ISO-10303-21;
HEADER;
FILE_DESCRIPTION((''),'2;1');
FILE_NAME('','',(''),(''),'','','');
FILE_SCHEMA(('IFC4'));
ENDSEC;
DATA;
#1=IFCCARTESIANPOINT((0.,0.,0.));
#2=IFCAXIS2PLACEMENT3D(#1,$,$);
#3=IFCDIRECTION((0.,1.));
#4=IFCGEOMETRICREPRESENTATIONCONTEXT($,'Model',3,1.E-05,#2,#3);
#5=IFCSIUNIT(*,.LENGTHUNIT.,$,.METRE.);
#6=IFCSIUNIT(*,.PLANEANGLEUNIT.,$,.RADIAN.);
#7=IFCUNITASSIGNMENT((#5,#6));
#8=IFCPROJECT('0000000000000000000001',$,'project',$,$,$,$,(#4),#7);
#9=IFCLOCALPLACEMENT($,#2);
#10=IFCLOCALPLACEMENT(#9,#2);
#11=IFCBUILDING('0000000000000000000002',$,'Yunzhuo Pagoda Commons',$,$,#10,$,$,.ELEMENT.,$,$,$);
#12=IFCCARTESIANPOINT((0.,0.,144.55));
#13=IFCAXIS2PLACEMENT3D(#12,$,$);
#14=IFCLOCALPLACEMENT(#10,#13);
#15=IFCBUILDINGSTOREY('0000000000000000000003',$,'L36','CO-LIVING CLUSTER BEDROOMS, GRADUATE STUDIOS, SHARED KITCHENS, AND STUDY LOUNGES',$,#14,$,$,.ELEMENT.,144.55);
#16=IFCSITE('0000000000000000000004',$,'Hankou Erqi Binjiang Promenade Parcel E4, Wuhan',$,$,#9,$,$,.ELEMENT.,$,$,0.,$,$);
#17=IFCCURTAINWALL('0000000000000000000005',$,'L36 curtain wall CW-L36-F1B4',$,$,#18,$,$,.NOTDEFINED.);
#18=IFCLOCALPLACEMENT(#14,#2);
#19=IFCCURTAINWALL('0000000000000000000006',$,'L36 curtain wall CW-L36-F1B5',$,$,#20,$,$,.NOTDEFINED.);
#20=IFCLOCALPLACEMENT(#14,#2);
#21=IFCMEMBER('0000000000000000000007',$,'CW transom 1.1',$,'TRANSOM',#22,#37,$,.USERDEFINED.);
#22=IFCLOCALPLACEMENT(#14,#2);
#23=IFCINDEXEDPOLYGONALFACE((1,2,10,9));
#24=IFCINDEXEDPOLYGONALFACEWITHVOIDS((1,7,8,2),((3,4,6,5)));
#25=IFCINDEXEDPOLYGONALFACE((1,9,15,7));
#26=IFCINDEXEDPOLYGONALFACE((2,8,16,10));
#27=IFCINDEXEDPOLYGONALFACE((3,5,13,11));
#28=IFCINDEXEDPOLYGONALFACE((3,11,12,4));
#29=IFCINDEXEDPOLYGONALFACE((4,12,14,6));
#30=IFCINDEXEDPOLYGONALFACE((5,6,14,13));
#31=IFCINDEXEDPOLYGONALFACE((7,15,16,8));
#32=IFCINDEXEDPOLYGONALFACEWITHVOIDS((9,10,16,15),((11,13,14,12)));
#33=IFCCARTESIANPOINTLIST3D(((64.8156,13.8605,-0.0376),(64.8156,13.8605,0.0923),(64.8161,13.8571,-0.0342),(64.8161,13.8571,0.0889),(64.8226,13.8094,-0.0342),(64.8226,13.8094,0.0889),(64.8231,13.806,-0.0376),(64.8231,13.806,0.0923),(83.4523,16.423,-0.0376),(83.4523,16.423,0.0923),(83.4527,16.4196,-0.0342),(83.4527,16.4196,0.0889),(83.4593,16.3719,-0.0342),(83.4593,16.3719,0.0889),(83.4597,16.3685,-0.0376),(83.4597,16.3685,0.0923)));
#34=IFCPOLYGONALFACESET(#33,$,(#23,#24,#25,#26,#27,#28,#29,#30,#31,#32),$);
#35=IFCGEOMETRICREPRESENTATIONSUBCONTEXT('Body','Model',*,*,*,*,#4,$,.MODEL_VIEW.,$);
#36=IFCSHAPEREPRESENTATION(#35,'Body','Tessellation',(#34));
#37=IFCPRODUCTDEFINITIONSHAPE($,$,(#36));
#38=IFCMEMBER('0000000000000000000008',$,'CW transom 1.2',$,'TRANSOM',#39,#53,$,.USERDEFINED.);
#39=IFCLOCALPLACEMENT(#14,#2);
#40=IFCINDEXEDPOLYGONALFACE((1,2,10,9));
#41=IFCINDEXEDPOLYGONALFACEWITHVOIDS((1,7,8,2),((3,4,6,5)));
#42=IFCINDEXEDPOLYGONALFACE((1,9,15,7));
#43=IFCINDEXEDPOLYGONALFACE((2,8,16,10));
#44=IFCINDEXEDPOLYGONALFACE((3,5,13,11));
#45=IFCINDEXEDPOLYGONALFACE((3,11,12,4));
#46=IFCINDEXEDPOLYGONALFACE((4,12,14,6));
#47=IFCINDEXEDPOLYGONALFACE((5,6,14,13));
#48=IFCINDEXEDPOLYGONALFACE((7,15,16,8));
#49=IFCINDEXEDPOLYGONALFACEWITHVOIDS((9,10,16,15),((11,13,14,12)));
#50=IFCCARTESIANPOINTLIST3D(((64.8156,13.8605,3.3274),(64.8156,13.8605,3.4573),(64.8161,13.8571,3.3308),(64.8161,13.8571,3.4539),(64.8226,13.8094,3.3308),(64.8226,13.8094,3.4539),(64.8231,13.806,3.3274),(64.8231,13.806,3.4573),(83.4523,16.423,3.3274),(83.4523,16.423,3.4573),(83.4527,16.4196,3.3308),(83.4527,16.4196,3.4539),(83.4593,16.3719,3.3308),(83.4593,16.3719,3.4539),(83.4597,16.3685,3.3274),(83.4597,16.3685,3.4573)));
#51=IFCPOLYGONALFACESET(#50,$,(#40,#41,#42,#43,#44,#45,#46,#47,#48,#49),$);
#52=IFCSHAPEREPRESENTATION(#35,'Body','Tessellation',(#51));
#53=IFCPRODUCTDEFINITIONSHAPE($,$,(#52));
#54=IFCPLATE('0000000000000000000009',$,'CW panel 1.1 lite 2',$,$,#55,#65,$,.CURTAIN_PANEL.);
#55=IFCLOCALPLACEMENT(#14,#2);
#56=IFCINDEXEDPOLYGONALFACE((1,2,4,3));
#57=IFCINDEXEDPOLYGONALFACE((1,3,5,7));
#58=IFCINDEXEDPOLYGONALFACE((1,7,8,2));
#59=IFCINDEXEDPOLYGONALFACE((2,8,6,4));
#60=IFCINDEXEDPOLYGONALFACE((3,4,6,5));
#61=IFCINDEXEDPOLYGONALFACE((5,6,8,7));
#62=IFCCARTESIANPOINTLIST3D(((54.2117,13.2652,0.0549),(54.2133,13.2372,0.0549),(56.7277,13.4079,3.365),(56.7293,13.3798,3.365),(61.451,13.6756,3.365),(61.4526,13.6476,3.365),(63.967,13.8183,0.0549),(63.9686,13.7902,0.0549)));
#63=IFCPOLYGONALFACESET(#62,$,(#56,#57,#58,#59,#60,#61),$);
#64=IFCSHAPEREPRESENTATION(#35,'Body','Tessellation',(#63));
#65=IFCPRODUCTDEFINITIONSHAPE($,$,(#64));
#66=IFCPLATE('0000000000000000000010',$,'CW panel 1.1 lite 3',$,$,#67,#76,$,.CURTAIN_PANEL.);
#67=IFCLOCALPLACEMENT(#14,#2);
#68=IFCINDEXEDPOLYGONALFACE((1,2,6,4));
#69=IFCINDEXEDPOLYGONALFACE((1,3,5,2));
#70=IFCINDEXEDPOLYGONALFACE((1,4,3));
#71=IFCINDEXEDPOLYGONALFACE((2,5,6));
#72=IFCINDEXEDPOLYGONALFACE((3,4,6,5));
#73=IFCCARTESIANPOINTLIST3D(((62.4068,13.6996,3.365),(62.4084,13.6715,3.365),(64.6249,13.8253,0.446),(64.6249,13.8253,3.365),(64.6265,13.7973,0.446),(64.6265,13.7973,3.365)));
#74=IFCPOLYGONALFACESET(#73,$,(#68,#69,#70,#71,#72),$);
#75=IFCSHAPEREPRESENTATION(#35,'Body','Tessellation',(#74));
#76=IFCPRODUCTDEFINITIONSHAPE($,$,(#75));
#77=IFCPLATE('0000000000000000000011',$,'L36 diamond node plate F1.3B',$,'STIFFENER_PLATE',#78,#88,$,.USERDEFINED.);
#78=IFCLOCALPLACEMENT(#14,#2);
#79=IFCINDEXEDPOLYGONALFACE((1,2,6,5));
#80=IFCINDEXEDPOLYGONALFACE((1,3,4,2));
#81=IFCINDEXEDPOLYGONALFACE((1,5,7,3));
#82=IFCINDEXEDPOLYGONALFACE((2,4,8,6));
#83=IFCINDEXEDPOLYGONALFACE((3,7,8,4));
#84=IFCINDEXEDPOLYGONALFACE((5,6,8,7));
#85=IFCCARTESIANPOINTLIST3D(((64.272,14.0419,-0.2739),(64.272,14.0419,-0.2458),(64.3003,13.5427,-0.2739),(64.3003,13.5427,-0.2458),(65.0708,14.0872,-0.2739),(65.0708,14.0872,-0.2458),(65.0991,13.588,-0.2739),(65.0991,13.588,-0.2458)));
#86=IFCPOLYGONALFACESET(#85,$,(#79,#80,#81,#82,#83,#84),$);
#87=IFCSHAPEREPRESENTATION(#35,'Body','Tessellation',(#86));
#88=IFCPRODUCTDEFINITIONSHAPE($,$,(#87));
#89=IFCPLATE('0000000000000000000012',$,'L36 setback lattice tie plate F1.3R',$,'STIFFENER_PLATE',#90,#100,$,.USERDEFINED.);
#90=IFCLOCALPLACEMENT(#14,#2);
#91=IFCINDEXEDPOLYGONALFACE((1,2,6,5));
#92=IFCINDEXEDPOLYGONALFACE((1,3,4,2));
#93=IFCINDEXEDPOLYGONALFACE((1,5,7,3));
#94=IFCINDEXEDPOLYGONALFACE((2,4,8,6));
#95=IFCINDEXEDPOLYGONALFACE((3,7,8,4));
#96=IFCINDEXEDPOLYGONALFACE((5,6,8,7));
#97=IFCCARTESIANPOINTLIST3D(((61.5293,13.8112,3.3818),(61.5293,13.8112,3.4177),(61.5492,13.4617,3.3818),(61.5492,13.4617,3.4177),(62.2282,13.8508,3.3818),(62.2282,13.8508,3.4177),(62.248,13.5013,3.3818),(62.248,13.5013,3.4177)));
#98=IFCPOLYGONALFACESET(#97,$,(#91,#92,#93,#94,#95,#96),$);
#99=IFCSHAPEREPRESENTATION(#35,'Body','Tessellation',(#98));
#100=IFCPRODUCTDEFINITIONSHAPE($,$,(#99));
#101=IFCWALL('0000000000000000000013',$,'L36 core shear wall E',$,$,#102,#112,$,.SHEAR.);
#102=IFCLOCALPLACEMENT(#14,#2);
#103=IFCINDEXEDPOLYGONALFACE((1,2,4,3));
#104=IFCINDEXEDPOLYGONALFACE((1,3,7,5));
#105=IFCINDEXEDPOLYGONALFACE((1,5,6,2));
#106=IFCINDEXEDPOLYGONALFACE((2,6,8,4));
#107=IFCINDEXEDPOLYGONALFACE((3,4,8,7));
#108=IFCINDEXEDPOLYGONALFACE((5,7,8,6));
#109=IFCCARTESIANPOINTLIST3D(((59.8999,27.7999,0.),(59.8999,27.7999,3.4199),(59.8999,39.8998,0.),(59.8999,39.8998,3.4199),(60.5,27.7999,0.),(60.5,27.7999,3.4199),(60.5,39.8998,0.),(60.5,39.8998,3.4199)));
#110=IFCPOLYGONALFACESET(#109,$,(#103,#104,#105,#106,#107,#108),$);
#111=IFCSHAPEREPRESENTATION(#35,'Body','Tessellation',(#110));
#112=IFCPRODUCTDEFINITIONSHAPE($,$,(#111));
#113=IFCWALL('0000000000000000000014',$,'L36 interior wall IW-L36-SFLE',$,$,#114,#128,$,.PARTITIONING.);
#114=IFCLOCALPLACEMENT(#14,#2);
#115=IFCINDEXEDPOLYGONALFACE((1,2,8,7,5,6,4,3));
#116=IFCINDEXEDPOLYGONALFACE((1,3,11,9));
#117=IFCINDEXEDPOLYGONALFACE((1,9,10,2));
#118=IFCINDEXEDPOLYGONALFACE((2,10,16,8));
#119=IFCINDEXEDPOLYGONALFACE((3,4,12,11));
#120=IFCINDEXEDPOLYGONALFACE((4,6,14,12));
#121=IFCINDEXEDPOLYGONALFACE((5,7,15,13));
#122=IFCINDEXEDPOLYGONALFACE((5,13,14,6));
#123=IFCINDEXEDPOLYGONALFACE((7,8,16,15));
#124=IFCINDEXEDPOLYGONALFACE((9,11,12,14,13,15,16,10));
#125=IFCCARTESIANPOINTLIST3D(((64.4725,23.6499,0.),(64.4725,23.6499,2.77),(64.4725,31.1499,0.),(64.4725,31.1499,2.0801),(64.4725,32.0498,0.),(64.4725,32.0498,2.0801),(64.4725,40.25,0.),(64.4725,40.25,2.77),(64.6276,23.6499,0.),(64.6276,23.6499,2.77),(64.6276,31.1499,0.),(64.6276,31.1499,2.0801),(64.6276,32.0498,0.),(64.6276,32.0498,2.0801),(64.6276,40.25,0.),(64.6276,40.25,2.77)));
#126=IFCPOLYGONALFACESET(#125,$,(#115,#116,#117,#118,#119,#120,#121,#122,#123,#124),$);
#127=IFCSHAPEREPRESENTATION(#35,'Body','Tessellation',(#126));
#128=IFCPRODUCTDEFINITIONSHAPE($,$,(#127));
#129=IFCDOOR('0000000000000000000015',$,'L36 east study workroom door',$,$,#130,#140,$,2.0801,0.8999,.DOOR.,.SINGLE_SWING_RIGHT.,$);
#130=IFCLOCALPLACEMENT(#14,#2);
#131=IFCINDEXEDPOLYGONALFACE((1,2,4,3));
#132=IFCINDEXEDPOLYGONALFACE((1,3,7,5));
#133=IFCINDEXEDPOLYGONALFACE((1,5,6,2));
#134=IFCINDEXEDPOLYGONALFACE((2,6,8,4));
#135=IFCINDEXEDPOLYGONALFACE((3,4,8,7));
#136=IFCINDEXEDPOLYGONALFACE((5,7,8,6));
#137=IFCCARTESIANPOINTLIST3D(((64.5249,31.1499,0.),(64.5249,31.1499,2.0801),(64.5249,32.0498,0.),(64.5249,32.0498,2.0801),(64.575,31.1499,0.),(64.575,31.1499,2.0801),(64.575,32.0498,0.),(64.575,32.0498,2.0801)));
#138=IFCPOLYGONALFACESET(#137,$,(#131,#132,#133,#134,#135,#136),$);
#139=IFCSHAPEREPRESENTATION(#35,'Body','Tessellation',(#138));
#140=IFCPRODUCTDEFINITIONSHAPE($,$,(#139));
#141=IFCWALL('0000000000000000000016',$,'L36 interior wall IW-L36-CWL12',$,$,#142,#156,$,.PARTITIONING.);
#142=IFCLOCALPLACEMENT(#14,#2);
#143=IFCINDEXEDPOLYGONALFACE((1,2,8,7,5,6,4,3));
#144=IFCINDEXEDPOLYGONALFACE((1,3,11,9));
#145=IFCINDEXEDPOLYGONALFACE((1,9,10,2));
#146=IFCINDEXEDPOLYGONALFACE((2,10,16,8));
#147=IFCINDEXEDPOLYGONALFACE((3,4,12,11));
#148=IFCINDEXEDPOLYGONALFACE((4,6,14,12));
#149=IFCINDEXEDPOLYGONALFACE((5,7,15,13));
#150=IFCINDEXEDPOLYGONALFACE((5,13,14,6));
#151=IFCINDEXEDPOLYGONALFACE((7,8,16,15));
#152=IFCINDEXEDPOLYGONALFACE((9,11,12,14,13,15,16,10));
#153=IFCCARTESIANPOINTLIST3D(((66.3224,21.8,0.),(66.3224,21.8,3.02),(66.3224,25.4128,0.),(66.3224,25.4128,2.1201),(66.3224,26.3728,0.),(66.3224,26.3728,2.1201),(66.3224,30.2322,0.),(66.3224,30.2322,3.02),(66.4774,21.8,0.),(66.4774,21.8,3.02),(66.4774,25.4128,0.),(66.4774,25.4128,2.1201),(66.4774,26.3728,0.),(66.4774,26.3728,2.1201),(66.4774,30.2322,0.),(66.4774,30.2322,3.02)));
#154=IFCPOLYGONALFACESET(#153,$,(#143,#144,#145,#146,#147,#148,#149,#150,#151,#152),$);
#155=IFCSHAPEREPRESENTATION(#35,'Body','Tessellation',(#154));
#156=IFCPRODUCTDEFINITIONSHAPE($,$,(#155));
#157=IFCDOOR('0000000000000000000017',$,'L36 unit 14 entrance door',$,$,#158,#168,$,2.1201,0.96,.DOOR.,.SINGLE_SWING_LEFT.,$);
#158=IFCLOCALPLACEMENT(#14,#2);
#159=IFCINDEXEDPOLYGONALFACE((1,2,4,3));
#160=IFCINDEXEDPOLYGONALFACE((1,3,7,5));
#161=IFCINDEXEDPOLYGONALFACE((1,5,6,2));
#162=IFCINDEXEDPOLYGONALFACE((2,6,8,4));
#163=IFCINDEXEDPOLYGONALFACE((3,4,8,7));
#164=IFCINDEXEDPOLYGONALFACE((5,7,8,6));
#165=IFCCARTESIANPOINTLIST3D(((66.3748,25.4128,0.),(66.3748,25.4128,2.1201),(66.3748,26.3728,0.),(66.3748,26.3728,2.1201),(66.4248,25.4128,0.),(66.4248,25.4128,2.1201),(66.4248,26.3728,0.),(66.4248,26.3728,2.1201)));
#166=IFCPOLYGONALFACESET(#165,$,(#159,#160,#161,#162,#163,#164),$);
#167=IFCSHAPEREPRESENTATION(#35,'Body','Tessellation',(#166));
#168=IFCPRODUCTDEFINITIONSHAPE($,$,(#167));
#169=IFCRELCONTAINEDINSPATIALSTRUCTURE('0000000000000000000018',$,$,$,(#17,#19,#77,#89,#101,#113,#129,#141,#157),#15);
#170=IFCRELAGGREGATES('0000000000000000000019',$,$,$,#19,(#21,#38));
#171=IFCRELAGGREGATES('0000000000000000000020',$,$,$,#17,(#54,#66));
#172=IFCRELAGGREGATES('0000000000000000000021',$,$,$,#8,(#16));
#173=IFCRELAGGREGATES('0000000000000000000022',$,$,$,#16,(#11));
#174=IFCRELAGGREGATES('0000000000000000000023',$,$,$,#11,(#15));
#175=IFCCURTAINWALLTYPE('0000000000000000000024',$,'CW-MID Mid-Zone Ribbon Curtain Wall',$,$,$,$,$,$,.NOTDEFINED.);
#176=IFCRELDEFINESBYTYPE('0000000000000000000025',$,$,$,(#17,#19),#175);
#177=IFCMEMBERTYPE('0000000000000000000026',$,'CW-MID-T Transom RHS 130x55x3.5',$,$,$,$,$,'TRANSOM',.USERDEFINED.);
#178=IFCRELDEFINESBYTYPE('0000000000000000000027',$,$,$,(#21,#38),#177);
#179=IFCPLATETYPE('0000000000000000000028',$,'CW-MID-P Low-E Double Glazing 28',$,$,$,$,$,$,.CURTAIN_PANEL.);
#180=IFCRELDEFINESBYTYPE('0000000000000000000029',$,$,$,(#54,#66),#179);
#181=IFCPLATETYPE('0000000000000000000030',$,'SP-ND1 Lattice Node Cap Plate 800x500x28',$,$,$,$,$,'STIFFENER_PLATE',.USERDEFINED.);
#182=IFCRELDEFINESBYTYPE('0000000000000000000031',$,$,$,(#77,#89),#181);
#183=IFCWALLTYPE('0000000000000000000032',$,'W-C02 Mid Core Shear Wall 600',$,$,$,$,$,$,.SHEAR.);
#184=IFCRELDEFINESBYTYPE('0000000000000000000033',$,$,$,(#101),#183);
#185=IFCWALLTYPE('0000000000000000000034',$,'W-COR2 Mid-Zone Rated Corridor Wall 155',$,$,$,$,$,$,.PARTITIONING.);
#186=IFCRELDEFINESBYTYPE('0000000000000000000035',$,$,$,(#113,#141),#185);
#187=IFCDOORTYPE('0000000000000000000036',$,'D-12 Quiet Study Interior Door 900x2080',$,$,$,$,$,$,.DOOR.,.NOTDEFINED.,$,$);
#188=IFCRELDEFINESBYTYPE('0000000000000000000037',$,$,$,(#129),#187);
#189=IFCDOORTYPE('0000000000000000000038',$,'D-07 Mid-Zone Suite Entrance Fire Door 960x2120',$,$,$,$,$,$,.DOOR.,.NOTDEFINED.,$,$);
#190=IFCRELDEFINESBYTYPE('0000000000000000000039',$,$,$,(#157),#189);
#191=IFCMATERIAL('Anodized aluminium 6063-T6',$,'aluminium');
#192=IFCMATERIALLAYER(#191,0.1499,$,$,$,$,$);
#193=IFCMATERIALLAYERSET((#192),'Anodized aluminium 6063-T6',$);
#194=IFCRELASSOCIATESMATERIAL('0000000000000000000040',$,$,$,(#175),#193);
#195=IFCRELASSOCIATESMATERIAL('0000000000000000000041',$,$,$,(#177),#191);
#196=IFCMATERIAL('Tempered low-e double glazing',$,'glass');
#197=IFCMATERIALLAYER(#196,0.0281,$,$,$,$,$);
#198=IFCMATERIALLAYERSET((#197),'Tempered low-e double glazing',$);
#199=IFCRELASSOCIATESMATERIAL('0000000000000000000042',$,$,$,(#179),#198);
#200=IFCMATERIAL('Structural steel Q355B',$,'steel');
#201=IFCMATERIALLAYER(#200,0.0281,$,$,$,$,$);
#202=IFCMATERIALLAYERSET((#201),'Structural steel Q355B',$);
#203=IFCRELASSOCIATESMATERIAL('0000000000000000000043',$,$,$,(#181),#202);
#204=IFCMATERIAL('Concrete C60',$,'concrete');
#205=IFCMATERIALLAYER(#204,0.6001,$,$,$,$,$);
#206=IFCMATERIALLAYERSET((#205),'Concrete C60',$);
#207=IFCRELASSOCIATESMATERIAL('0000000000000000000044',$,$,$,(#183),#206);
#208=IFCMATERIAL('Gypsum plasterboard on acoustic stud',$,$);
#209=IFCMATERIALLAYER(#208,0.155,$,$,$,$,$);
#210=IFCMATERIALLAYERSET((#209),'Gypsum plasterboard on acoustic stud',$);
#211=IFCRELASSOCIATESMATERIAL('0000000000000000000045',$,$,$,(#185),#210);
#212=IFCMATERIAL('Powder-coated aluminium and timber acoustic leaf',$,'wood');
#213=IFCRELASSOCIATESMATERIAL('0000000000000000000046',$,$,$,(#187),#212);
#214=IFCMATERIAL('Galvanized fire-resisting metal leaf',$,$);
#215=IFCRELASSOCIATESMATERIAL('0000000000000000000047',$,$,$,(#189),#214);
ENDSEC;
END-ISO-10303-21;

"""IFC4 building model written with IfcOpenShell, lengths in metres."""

from ifc_helpers import new_model, si_unit, direction, frame, frame_2d, origin, origin_with_axes, origin_2d, place, context, subcontext, project, spatial, polyline, rectangle, hollow_rectangle, outline, extrude, source, transform, mapped, material, layer, layer_set, material_profile, profile_set, type_object, element, fill, aggregate, save


model = new_model("IFC4")

# Units and contexts
model_context = context("Model", 3, precision=1e-05, world=origin(), true_north=direction((0.0, 1.0)))
body_context = subcontext(model_context, "Body", "Model", "MODEL_VIEW")
ifc_project = project(units=[si_unit("LENGTHUNIT", "METRE"), si_unit("PLANEANGLEUNIT", "RADIAN")], contexts=[model_context])

# Site, building, storey
site_placement = place(None, origin())
site = spatial("IfcSite", under=ifc_project, at=site_placement, Name="Hankou Erqi Binjiang Promenade Parcel E4, Wuhan", CompositionType="ELEMENT", RefElevation=0.0)
building_placement = place(site_placement, origin())
building = spatial("IfcBuilding", under=site, at=building_placement, Name="Yunzhuo Pagoda Commons", CompositionType="ELEMENT")
storey_placement = place(building_placement, frame((0.0, 0.0, 144.55)))
storey = spatial("IfcBuildingStorey", under=building, at=storey_placement, Name="L36", Description="CO-LIVING CLUSTER BEDROOMS, GRADUATE STUDIOS, SHARED KITCHENS, AND STUDY LOUNGES", CompositionType="ELEMENT", Elevation=144.55)

# Shared definitions
ifc_material_1 = material(Name="Structural steel Q355B", Category="steel")

# Curtain wall
ifc_material_2 = material(Name="Anodized aluminium 6063-T6", Category="aluminium")
ifc_layer_1 = layer(ifc_material_2, 0.1499)
ifc_layer_set_1 = layer_set([ifc_layer_1], Name="Anodized aluminium 6063-T6")
curtain_wall_type = type_object("IfcCurtainWallType", Name="CW-MID Mid-Zone Ribbon Curtain Wall", PredefinedType="NOTDEFINED", material=ifc_layer_set_1)
curtain_wall_1_placement = place(storey_placement, origin())
curtain_wall_1 = element("IfcCurtainWall", 1, at=curtain_wall_1_placement, inside=storey, type_object=curtain_wall_type, Name="L36 curtain wall CW-L36-F1B4", PredefinedType="NOTDEFINED")

# Curtain wall, members
curtain_wall_2_placement = place(storey_placement, origin())
curtain_wall_2 = element("IfcCurtainWall", 2, at=curtain_wall_2_placement, inside=storey, type_object=curtain_wall_type, Name="L36 curtain wall CW-L36-F1B5", PredefinedType="NOTDEFINED")
ifc_material_profile_1 = material_profile(ifc_material_2, hollow_rectangle(XDim=0.0549, YDim=0.1299, WallThickness=0.0034, at=origin_2d()), Name="Anodized aluminium 6063-T6")
ifc_profile_set_1 = profile_set([ifc_material_profile_1], Name="Anodized aluminium 6063-T6")
member_type_1 = type_object("IfcMemberType", Name="CW-MID-T Transom RHS 130x55x3.5", ElementType="TRANSOM", PredefinedType="USERDEFINED", material=ifc_profile_set_1)
shared_shape_1 = source(origin(), body_context, "Body", "SweptSolid", [
    extrude(hollow_rectangle(XDim=0.0549, YDim=0.1299, WallThickness=0.0034, at=origin_2d()), origin(), (0.0, 0.0, 1.0), 18.812),
])
member_1_placement = place(storey_placement, frame((64.8193, 13.8333, 0.0273), z_axis=(0.990679, 0.136216, 0.0), x_axis=(-0.136216, 0.990679, 0.0)))
member_1 = element("IfcMember", 3, at=member_1_placement, type_object=member_type_1, Name="CW transom 1.1", ObjectType="TRANSOM", PredefinedType="USERDEFINED", context=body_context, shape_type="MappedRepresentation", body=[
    mapped(shared_shape_1, transform((0.0, 0.0, 0.0), scale=1.0)),
])
member_2_placement = place(storey_placement, frame((64.8193, 13.8333, 3.3923), z_axis=(0.990679, 0.136216, 0.0), x_axis=(-0.136216, 0.990679, 0.0)))
member_2 = element("IfcMember", 4, at=member_2_placement, type_object=member_type_1, Name="CW transom 1.2", ObjectType="TRANSOM", PredefinedType="USERDEFINED", context=body_context, shape_type="MappedRepresentation", body=[
    mapped(shared_shape_1, transform((0.0, 0.0, 0.0), scale=1.0)),
])
aggregate(curtain_wall_2, [member_1, member_2])

# Plates
ifc_material_3 = material(Name="Tempered low-e double glazing", Category="glass")
ifc_layer_2 = layer(ifc_material_3, 0.0281)
ifc_layer_set_2 = layer_set([ifc_layer_2], Name="Tempered low-e double glazing")
plate_type_1 = type_object("IfcPlateType", Name="CW-MID-P Low-E Double Glazing 28", PredefinedType="CURTAIN_PANEL", material=ifc_layer_set_2)
plate_1_placement = place(storey_placement, frame((59.0894, 13.5417, 1.71), z_axis=(0.056597, -0.998397, 0.0), x_axis=(0.998397, 0.056597, 0.0)))
plate_1 = element("IfcPlate", 5, at=plate_1_placement, type_object=plate_type_1, Name="CW panel 1.1 lite 2", PredefinedType="CURTAIN_PANEL", context=body_context, shape_type="SweptSolid", body=[
    extrude(outline(polyline([(-4.8855, -1.655), (4.8855, -1.655), (2.3655, 1.655), (-2.3655, 1.655), (-4.8855, -1.655)])), origin(), (0.0, 0.0, 1.0), 0.0281),
])
plate_2_placement = place(storey_placement, frame((63.5159, 13.7625, 1.9055), z_axis=(0.056597, -0.998397, 0.0), x_axis=(0.998397, 0.056597, 0.0)))
plate_2 = element("IfcPlate", 6, at=plate_2_placement, type_object=plate_type_1, Name="CW panel 1.1 lite 3", PredefinedType="CURTAIN_PANEL", context=body_context, shape_type="SweptSolid", body=[
    extrude(outline(polyline([(-1.1108, 1.4595), (1.1108, -1.4595), (1.1108, 1.4595), (-1.1108, 1.4595)])), origin(), (0.0, 0.0, 1.0), 0.0281),
])
aggregate(curtain_wall_1, [plate_1, plate_2])

# Plates
ifc_layer_3 = layer(ifc_material_1, 0.0281)
ifc_layer_set_3 = layer_set([ifc_layer_3], Name="Structural steel Q355B")
plate_type_2 = type_object("IfcPlateType", Name="SP-ND1 Lattice Node Cap Plate 800x500x28", ElementType="STIFFENER_PLATE", PredefinedType="USERDEFINED", material=ifc_layer_set_3)
shared_shape_2 = source(origin(), body_context, "Body", "SweptSolid", [
    extrude(rectangle(XDim=0.8, YDim=0.5, at=origin_2d()), origin(), (0.0, 0.0, 1.0), 0.0281),
])
plate_3_placement = place(storey_placement, frame((64.6855, 13.8149, -0.2739), z_axis=(0.0, 0.0, 1.0), x_axis=(0.998397, 0.056606, 0.0)))
element("IfcPlate", 7, at=plate_3_placement, inside=storey, type_object=plate_type_2, Name="L36 diamond node plate F1.3B", ObjectType="STIFFENER_PLATE", PredefinedType="USERDEFINED", context=body_context, shape_type="MappedRepresentation", body=[
    mapped(shared_shape_2, transform((0.0, 0.0, 0.0), scale=1.0)),
])
shared_shape_3 = source(origin(), body_context, "Body", "SweptSolid", [
    extrude(rectangle(XDim=0.7, YDim=0.3501, at=origin_2d()), origin(), (0.0, 0.0, 1.0), 0.0359),
])
plate_4_placement = place(storey_placement, frame((61.8887, 13.6562, 3.3818), z_axis=(0.0, 0.0, 1.0), x_axis=(0.998397, 0.056606, 0.0)))
element("IfcPlate", 8, at=plate_4_placement, inside=storey, type_object=plate_type_2, Name="L36 setback lattice tie plate F1.3R", ObjectType="STIFFENER_PLATE", PredefinedType="USERDEFINED", context=body_context, shape_type="MappedRepresentation", body=[
    mapped(shared_shape_3, transform((0.0, 0.0, 0.0), scale=1.0)),
])

# Wall
ifc_material_4 = material(Name="Concrete C60", Category="concrete")
ifc_layer_4 = layer(ifc_material_4, 0.6001)
ifc_layer_set_4 = layer_set([ifc_layer_4], Name="Concrete C60")
wall_type_1 = type_object("IfcWallType", Name="W-C02 Mid Core Shear Wall 600", PredefinedType="SHEAR", material=ifc_layer_set_4)
wall_1_placement = place(storey_placement, frame((60.2, 27.8, 0.0), z_axis=(0.0, 0.0, 1.0), x_axis=(0.0, 1.0, 0.0)))
element("IfcWall", 9, at=wall_1_placement, inside=storey, type_object=wall_type_1, Name="L36 core shear wall E", PredefinedType="SHEAR", context=body_context, shape_type="SweptSolid", body=[
    extrude(rectangle(XDim=12.0999, YDim=0.6001, at=frame_2d((6.0498, 0.0))), origin(), (0.0, 0.0, 1.0), 3.4199),
])

# Walls, openings, doors
ifc_material_5 = material(Name="Gypsum plasterboard on acoustic stud")
ifc_layer_5 = layer(ifc_material_5, 0.155)
ifc_layer_set_5 = layer_set([ifc_layer_5], Name="Gypsum plasterboard on acoustic stud")
wall_type_2 = type_object("IfcWallType", Name="W-COR2 Mid-Zone Rated Corridor Wall 155", PredefinedType="PARTITIONING", material=ifc_layer_set_5)
wall_2_placement = place(storey_placement, frame((64.55, 23.6499, 0.0), z_axis=(0.0, 0.0, 1.0), x_axis=(0.0, 1.0, 0.0)))
wall_2 = element("IfcWall", 10, at=wall_2_placement, inside=storey, type_object=wall_type_2, Name="L36 interior wall IW-L36-SFLE", PredefinedType="PARTITIONING", context=body_context, shape_type="SweptSolid", body=[
    extrude(rectangle(XDim=16.6001, YDim=0.155, at=frame_2d((8.3, 0.0))), origin(), (0.0, 0.0, 1.0), 2.77),
])
opening_1_placement = place(wall_2_placement, frame((7.5, 0.0, 0.0)))
opening_1 = element("IfcOpeningElement", 11, at=opening_1_placement, cuts=wall_2, PredefinedType="OPENING", context=body_context, shape_type="SweptSolid", body=[
    extrude(rectangle(XDim=0.8999, YDim=2.0801, at=frame_2d((0.45, 1.04))), frame((0.0, 0.0874, 0.0), z_axis=(0.0, -1.0, 0.0), x_axis=(1.0, 0.0, 0.0)), (0.0, 0.0, 1.0), 0.175),
])
ifc_material_6 = material(Name="Powder-coated aluminium and timber acoustic leaf", Category="wood")
door_type_1 = type_object("IfcDoorType", Name="D-12 Quiet Study Interior Door 900x2080", OperationType="NOTDEFINED", PredefinedType="DOOR", material=ifc_material_6)
shared_shape_4 = source(origin(), body_context, "Body", "SweptSolid", [
    extrude(rectangle(XDim=0.8999, YDim=2.0801, at=frame_2d((0.45, 1.04))), frame((0.0, 0.0249, 0.0), z_axis=(0.0, -1.0, 0.0), x_axis=(1.0, 0.0, 0.0)), (0.0, 0.0, 1.0), 0.05),
])
door_1_placement = place(opening_1_placement, frame((0.8999, 0.0, 0.0), z_axis=(0.0, 0.0, 1.0), x_axis=(-1.0, 0.0, 0.0)))
door_1 = element("IfcDoor", 12, at=door_1_placement, inside=storey, type_object=door_type_1, Name="L36 east study workroom door", OperationType="SINGLE_SWING_RIGHT", OverallHeight=2.0801, OverallWidth=0.8999, PredefinedType="DOOR", context=body_context, shape_type="MappedRepresentation", body=[
    mapped(shared_shape_4, transform((0.0, 0.0, 0.0), scale=1.0)),
])
fill(opening_1, door_1)
wall_3_placement = place(storey_placement, frame((66.3999, 30.2322, 0.0), z_axis=(0.0, 0.0, 1.0), x_axis=(0.0, -1.0, 0.0)))
wall_3 = element("IfcWall", 13, at=wall_3_placement, inside=storey, type_object=wall_type_2, Name="L36 interior wall IW-L36-CWL12", PredefinedType="PARTITIONING", context=body_context, shape_type="SweptSolid", body=[
    extrude(rectangle(XDim=8.4321, YDim=0.155, at=frame_2d((4.2161, 0.0))), origin(), (0.0, 0.0, 1.0), 3.02),
])
opening_2_placement = place(wall_3_placement, frame((3.8594, 0.0, 0.0)))
opening_2 = element("IfcOpeningElement", 14, at=opening_2_placement, cuts=wall_3, PredefinedType="OPENING", context=body_context, shape_type="SweptSolid", body=[
    extrude(rectangle(XDim=0.96, YDim=2.1201, at=frame_2d((0.48, 1.0601))), frame((0.0, 0.0874, 0.0), z_axis=(0.0, -1.0, 0.0), x_axis=(1.0, 0.0, 0.0)), (0.0, 0.0, 1.0), 0.175),
])
ifc_material_7 = material(Name="Galvanized fire-resisting metal leaf")
door_type_2 = type_object("IfcDoorType", Name="D-07 Mid-Zone Suite Entrance Fire Door 960x2120", OperationType="NOTDEFINED", PredefinedType="DOOR", material=ifc_material_7)
shared_shape_5 = source(origin(), body_context, "Body", "SweptSolid", [
    extrude(rectangle(XDim=0.96, YDim=2.1201, at=frame_2d((0.48, 1.0601))), frame((0.0, 0.0249, 0.0), z_axis=(0.0, -1.0, 0.0), x_axis=(1.0, 0.0, 0.0)), (0.0, 0.0, 1.0), 0.05),
])
door_2_placement = place(opening_2_placement, origin_with_axes())
door_2 = element("IfcDoor", 15, at=door_2_placement, inside=storey, type_object=door_type_2, Name="L36 unit 14 entrance door", OperationType="SINGLE_SWING_LEFT", OverallHeight=2.1201, OverallWidth=0.96, PredefinedType="DOOR", context=body_context, shape_type="MappedRepresentation", body=[
    mapped(shared_shape_5, transform((0.0, 0.0, 0.0), scale=1.0)),
])
fill(opening_2, door_2)

save(model, "model.ifc")
